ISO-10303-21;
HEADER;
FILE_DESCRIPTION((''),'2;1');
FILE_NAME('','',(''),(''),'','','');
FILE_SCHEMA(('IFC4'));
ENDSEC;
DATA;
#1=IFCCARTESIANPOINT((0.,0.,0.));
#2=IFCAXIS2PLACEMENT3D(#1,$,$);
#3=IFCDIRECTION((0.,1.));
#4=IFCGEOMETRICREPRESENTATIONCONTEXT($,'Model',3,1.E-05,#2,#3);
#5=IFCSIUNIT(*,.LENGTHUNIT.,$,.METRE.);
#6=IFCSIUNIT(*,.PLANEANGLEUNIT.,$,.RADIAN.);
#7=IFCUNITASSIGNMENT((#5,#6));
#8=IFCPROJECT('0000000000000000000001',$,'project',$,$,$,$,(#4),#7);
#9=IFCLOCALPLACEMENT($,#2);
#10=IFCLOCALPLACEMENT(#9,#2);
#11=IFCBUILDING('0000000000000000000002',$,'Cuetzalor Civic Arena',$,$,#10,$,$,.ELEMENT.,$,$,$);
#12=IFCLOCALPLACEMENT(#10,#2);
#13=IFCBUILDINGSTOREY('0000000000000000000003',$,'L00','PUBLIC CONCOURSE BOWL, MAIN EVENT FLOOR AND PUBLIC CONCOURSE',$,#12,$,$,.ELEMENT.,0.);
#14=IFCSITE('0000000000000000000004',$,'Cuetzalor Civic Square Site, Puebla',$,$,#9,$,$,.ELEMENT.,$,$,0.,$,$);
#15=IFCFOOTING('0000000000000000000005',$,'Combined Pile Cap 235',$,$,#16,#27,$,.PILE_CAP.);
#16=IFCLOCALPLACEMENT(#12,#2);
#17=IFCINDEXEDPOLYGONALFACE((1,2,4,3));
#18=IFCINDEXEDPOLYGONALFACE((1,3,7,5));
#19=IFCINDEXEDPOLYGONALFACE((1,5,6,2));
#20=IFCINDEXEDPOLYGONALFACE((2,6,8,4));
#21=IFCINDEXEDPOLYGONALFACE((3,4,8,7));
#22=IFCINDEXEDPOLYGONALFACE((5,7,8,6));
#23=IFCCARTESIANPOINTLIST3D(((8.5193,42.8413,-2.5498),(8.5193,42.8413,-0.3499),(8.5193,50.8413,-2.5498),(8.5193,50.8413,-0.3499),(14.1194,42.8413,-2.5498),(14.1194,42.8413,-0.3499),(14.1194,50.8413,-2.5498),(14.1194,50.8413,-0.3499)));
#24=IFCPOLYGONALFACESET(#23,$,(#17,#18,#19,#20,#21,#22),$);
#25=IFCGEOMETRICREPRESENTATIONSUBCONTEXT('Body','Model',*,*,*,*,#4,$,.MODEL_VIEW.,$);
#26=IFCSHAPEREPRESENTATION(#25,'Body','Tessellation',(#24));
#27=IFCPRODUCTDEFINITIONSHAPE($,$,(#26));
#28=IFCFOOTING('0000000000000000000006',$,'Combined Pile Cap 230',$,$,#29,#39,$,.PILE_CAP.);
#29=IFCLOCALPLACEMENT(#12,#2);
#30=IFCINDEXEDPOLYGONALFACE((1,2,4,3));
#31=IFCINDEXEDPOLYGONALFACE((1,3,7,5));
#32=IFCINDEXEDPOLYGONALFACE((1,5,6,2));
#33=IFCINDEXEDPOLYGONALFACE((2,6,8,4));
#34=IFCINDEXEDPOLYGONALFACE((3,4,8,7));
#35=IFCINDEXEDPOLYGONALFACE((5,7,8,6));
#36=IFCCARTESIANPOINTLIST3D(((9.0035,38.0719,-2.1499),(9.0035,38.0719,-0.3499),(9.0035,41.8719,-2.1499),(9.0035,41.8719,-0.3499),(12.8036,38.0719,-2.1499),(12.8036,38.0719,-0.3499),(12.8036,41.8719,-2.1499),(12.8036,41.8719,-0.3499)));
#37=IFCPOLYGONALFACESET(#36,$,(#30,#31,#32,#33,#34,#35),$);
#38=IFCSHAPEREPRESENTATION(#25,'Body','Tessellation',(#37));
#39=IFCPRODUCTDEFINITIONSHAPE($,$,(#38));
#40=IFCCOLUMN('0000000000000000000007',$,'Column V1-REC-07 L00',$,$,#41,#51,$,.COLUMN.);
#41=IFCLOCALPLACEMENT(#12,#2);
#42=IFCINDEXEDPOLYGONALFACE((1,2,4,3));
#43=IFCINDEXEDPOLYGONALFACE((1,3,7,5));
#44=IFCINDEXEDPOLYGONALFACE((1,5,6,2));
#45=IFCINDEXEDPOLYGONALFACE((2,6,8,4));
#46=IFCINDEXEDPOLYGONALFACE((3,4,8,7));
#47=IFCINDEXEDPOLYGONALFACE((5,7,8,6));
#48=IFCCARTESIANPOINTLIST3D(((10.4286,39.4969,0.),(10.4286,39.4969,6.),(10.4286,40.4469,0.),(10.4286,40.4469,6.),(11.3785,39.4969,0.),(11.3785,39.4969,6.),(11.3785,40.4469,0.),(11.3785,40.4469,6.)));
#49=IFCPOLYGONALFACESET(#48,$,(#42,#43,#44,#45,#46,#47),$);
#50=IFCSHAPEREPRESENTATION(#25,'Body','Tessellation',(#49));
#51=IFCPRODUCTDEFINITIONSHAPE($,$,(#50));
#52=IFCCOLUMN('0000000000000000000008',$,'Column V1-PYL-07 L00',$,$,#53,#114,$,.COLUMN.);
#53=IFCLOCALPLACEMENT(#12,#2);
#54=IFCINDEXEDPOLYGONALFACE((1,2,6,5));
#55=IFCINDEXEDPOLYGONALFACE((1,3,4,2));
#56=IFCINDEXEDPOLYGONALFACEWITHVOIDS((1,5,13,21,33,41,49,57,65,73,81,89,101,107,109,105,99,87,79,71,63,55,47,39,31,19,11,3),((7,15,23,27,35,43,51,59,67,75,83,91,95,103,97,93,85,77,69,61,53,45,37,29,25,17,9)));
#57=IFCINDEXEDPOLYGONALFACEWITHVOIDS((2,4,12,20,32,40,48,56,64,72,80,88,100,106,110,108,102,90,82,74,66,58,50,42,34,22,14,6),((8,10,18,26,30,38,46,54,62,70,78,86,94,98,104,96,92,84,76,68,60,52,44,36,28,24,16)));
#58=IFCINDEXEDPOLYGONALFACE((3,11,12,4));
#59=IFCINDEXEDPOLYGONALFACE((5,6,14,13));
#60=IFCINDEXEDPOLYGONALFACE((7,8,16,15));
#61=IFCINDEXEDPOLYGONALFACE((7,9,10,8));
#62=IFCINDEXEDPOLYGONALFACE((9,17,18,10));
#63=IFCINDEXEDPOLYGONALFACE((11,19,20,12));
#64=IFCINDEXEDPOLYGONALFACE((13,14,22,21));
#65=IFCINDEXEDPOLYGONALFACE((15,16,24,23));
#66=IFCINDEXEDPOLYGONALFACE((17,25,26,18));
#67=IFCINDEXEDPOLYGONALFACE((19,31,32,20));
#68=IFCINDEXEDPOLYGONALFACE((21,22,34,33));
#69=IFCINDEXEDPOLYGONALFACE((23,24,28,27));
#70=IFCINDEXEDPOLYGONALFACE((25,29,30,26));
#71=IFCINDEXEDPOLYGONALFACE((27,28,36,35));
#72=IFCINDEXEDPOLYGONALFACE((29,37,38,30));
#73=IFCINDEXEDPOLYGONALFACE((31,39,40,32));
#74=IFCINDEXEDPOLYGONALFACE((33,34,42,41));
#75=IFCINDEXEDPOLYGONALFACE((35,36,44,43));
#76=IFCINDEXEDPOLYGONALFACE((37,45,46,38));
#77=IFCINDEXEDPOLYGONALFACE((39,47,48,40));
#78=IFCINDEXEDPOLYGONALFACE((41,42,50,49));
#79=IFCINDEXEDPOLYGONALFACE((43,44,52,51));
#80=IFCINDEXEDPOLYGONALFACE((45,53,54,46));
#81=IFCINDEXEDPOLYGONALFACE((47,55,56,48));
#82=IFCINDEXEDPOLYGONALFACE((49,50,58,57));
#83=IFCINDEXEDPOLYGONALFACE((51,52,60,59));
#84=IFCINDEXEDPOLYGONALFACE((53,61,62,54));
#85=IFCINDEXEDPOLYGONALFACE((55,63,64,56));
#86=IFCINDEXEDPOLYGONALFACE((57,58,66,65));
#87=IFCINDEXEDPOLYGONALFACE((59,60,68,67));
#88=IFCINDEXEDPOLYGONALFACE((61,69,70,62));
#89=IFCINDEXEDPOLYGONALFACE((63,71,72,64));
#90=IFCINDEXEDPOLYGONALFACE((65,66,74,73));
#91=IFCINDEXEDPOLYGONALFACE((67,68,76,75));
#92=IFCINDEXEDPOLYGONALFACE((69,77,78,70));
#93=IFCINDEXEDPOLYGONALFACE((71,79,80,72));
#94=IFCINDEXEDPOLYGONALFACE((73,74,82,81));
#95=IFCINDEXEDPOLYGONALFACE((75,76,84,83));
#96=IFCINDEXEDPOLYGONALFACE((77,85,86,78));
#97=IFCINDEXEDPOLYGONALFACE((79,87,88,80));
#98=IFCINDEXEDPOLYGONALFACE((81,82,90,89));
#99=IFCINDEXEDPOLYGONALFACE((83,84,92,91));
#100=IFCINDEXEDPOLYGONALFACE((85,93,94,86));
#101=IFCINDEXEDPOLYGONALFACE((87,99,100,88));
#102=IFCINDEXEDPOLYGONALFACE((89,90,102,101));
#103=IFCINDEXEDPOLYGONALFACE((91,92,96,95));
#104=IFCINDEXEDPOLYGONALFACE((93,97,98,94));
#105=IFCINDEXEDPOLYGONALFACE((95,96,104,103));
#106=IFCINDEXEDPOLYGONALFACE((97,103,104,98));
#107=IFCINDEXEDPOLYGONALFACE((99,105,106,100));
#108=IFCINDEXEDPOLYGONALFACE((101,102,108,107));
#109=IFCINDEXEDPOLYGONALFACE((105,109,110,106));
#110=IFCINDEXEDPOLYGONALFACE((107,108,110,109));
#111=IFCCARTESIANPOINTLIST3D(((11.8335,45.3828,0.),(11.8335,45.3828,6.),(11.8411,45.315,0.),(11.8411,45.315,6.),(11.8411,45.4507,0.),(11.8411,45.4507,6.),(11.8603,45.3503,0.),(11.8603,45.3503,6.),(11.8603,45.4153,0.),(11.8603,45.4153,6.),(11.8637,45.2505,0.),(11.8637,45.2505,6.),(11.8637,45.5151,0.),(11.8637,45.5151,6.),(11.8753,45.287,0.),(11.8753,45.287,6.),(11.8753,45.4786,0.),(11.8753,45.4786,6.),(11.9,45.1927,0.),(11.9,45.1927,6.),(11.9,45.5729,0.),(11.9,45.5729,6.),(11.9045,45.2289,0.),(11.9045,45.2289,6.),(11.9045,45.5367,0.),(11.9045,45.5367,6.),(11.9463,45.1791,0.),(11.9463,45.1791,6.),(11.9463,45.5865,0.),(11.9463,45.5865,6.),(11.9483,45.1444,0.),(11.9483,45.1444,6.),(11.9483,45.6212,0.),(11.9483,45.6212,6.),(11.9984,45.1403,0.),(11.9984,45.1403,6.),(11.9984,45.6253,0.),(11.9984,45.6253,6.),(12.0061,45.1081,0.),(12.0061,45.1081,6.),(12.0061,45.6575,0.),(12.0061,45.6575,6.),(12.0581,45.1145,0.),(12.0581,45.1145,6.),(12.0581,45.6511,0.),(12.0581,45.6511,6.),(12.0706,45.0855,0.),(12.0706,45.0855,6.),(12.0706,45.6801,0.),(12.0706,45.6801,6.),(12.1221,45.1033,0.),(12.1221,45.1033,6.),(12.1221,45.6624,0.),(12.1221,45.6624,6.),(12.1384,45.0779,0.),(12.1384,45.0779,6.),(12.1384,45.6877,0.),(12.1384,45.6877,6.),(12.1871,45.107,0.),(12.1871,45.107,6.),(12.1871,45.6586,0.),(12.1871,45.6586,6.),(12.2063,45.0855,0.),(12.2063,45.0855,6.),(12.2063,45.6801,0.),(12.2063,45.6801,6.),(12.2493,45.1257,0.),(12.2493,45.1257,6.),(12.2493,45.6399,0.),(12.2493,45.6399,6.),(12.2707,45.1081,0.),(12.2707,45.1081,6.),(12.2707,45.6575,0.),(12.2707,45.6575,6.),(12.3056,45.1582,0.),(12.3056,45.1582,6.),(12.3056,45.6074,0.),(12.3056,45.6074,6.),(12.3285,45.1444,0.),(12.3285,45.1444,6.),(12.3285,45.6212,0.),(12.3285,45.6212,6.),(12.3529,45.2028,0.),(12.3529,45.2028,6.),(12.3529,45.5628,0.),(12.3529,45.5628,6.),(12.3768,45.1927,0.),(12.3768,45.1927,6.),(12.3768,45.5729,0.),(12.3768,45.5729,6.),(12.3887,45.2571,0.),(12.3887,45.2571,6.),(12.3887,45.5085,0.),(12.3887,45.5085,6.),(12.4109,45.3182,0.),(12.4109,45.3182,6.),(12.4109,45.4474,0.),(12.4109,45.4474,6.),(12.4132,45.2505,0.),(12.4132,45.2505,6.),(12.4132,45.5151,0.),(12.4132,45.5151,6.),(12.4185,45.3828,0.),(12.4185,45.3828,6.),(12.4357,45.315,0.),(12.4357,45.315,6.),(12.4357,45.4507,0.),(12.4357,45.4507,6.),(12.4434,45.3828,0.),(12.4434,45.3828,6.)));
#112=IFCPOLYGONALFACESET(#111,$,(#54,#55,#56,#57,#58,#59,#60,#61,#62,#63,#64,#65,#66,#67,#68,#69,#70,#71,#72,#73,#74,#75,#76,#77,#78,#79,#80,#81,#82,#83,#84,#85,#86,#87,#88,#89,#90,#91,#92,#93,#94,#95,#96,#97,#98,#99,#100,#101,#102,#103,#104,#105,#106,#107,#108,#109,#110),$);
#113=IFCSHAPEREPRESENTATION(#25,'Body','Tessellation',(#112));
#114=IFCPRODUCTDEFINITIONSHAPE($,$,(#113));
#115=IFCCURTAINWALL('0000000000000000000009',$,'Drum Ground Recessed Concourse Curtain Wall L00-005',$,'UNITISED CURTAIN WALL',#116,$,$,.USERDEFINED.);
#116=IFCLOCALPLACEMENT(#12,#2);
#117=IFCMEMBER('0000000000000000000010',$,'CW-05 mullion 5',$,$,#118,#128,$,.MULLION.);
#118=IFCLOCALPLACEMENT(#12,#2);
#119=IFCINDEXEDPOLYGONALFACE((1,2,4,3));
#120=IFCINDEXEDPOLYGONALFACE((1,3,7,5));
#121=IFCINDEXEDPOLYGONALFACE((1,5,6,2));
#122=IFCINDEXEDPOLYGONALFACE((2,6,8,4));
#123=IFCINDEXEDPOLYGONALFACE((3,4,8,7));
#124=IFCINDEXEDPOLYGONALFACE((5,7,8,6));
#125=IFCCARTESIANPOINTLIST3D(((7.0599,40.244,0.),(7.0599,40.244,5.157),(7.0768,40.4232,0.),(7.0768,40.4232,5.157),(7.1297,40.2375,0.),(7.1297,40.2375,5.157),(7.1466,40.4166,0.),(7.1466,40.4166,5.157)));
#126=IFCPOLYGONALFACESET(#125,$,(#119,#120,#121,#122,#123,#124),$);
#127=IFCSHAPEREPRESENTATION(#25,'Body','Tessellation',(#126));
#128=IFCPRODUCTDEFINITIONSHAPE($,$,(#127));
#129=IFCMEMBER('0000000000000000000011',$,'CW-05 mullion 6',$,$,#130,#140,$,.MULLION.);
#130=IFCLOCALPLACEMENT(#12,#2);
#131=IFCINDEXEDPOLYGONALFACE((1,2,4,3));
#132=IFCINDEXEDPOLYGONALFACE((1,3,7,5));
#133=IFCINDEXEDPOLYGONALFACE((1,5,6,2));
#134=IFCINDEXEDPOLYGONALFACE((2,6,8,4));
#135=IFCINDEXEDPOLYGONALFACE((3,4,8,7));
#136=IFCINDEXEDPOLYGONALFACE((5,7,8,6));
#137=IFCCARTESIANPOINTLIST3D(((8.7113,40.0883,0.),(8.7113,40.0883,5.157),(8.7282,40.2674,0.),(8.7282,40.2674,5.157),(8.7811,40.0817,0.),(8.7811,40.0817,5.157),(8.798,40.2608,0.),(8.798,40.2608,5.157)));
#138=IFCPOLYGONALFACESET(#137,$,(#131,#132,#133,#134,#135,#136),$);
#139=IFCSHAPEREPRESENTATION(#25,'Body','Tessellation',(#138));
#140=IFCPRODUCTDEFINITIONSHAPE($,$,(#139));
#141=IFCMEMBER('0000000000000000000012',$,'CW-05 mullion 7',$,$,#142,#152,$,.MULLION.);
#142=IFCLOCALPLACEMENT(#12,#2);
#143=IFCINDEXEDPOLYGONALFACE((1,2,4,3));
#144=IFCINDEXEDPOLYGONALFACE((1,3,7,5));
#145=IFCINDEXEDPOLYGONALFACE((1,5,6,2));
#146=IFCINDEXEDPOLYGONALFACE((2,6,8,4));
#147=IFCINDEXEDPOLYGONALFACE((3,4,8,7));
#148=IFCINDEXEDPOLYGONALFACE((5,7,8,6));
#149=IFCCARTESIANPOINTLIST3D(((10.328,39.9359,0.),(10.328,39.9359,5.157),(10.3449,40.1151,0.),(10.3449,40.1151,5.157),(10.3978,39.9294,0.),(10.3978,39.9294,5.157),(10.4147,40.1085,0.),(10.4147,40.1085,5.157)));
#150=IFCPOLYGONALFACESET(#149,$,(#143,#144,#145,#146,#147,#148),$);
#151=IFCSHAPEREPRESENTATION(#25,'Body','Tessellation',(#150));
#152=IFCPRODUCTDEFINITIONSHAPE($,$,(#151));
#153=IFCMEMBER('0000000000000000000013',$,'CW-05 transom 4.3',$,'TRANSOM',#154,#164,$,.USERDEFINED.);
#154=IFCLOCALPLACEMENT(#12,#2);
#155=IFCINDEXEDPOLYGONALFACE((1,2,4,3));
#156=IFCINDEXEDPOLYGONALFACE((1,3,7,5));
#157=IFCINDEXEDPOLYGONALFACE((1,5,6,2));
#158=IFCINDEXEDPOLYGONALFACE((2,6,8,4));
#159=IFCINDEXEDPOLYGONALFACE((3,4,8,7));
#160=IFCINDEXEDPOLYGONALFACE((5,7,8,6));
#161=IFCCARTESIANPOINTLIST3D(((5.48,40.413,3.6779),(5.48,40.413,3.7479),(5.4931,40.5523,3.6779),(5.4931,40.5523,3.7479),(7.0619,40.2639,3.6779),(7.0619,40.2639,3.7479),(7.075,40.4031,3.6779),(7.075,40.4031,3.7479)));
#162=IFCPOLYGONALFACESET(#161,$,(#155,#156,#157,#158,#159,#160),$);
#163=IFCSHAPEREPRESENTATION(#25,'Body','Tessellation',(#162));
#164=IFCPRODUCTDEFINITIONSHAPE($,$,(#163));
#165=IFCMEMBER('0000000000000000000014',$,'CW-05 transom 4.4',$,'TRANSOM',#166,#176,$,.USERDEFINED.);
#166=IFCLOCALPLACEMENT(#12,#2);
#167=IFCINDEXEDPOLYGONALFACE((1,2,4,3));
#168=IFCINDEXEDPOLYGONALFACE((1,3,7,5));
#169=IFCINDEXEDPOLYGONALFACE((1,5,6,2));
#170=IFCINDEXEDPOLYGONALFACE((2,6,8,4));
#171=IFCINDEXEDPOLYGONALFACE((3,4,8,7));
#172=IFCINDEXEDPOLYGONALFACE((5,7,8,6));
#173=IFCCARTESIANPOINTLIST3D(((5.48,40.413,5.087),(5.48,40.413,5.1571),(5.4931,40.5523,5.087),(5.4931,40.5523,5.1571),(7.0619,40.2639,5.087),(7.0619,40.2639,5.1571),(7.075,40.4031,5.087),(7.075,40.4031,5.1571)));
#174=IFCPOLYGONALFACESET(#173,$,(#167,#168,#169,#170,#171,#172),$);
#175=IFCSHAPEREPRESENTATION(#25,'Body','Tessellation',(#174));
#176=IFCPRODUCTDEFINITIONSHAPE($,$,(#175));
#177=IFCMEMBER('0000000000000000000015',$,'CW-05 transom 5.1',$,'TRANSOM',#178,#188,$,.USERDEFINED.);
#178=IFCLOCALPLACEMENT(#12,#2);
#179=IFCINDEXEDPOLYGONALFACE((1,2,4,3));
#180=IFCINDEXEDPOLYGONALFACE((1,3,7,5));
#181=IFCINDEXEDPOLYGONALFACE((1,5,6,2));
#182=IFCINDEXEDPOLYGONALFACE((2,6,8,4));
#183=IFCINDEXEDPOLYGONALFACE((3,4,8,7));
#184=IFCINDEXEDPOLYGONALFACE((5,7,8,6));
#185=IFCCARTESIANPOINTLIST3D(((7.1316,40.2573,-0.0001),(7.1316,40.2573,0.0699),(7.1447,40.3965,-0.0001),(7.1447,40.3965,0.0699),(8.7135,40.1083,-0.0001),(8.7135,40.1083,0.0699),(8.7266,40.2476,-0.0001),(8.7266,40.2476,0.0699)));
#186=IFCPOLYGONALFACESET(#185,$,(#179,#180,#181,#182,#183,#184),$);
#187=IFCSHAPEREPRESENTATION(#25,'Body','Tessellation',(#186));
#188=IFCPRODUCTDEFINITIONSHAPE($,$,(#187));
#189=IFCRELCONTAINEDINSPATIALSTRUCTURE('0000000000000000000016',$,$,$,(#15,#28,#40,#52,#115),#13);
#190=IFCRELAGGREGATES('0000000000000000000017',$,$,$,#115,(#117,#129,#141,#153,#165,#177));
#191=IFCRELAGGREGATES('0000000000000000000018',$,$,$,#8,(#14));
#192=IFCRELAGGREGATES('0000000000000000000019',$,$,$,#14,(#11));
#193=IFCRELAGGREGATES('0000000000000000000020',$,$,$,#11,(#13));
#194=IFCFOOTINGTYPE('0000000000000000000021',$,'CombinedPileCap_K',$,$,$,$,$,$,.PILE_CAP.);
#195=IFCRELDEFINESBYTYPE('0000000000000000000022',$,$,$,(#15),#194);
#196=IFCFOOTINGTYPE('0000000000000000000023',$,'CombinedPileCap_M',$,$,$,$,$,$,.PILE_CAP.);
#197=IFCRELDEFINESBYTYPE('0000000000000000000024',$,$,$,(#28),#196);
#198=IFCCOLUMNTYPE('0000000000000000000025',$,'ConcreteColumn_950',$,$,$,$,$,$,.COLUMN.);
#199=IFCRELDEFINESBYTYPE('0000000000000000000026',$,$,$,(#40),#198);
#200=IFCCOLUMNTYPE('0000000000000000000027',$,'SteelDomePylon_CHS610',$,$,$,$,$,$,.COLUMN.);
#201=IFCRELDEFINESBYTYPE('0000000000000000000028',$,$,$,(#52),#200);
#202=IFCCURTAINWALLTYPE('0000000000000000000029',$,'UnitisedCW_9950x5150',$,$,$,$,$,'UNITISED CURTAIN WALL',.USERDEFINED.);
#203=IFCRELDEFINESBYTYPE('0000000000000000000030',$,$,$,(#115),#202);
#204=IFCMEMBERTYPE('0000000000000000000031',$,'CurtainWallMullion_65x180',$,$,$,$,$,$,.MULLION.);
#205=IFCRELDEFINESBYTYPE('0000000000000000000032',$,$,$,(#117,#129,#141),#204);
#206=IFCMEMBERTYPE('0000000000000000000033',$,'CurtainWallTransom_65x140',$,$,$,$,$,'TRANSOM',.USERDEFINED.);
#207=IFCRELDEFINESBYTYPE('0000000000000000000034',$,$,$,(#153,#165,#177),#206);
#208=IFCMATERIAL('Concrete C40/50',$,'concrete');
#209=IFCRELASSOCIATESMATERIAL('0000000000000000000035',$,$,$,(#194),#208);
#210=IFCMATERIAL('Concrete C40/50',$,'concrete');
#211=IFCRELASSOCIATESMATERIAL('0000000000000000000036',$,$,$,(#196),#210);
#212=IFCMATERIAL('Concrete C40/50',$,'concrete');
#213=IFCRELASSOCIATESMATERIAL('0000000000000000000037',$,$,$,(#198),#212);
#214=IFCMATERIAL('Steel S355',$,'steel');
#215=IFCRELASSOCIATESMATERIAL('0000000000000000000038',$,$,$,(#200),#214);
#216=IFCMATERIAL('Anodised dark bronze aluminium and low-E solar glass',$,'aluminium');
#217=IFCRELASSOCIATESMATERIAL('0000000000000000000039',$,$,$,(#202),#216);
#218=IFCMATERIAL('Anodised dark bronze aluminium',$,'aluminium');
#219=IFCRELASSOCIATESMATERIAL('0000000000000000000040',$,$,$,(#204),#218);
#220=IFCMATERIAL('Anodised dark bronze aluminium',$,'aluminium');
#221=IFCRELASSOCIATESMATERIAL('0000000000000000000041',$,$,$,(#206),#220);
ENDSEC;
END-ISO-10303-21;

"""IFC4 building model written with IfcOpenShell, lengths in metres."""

from ifc_helpers import new_model, si_unit, direction, frame, origin, origin_2d, place, context, subcontext, project, spatial, rectangle, hollow_circle, extrude, material, material_profile, profile_set, type_object, element, aggregate, save


model = new_model("IFC4")

# Units and contexts
model_context = context("Model", 3, precision=1e-05, world=origin(), true_north=direction((0.0, 1.0)))
body_context = subcontext(model_context, "Body", "Model", "MODEL_VIEW")
ifc_project = project(units=[si_unit("LENGTHUNIT", "METRE"), si_unit("PLANEANGLEUNIT", "RADIAN")], contexts=[model_context])

# Site, building, storey
site_placement = place(None, origin())
site = spatial("IfcSite", under=ifc_project, at=site_placement, Name="Cuetzalor Civic Square Site, Puebla", CompositionType="ELEMENT", RefElevation=0.0)
building_placement = place(site_placement, origin())
building = spatial("IfcBuilding", under=site, at=building_placement, Name="Cuetzalor Civic Arena", CompositionType="ELEMENT")
storey_placement = place(building_placement, origin())
storey = spatial("IfcBuildingStorey", under=building, at=storey_placement, Name="L00", Description="PUBLIC CONCOURSE BOWL, MAIN EVENT FLOOR AND PUBLIC CONCOURSE", CompositionType="ELEMENT", Elevation=0.0)

# Footings
ifc_material_1 = material(Name="Concrete C40/50", Category="concrete")
footing_type_1 = type_object("IfcFootingType", Name="CombinedPileCap_K", PredefinedType="PILE_CAP", material=ifc_material_1)
footing_1_placement = place(storey_placement, frame((11.3193, 46.8413, -2.5498), z_axis=(0.0, 0.0, 1.0), x_axis=(1.0, 0.0, 0.0)))
element("IfcFooting", 1, at=footing_1_placement, inside=storey, type_object=footing_type_1, Name="Combined Pile Cap 235", PredefinedType="PILE_CAP", context=body_context, shape_type="SweptSolid", body=[
    extrude(rectangle(XDim=5.6001, YDim=8.0, at=origin_2d()), origin(), (0.0, 0.0, 1.0), 2.2),
])
ifc_material_2 = material(Name="Concrete C40/50", Category="concrete")
footing_type_2 = type_object("IfcFootingType", Name="CombinedPileCap_M", PredefinedType="PILE_CAP", material=ifc_material_2)
footing_2_placement = place(storey_placement, frame((10.9036, 39.9719, -2.1499), z_axis=(0.0, 0.0, 1.0), x_axis=(1.0, 0.0, 0.0)))
element("IfcFooting", 2, at=footing_2_placement, inside=storey, type_object=footing_type_2, Name="Combined Pile Cap 230", PredefinedType="PILE_CAP", context=body_context, shape_type="SweptSolid", body=[
    extrude(rectangle(XDim=3.8, YDim=3.8, at=origin_2d()), origin(), (0.0, 0.0, 1.0), 1.8),
])

# Columns
ifc_material_3 = material(Name="Concrete C40/50", Category="concrete")
ifc_material_profile_1 = material_profile(ifc_material_3, rectangle(XDim=0.95, YDim=0.95, at=origin_2d()), Name="RC 950x950")
ifc_profile_set_1 = profile_set([ifc_material_profile_1], Name="Concrete C40/50")
column_type_1 = type_object("IfcColumnType", Name="ConcreteColumn_950", PredefinedType="COLUMN", material=ifc_profile_set_1)
column_1_placement = place(storey_placement, frame((10.9036, 39.9719, 0.0), z_axis=(0.0, 0.0, 1.0), x_axis=(1.0, 0.0, 0.0)))
element("IfcColumn", 3, at=column_1_placement, inside=storey, type_object=column_type_1, Name="Column V1-REC-07 L00", PredefinedType="COLUMN", context=body_context, shape_type="SweptSolid", body=[
    extrude(rectangle(XDim=0.95, YDim=0.95, at=origin_2d()), origin(), (0.0, 0.0, 1.0), 6.0),
])
ifc_material_4 = material(Name="Steel S355", Category="steel")
ifc_material_profile_2 = material_profile(ifc_material_4, hollow_circle(Radius=0.3049, WallThickness=0.0249, at=origin_2d()), Name="CHS 610x25")
ifc_profile_set_2 = profile_set([ifc_material_profile_2], Name="Steel S355")
column_type_2 = type_object("IfcColumnType", Name="SteelDomePylon_CHS610", PredefinedType="COLUMN", material=ifc_profile_set_2)
column_2_placement = place(storey_placement, frame((12.1384, 45.3828, 0.0), z_axis=(0.0, 0.0, 1.0), x_axis=(1.0, 0.0, 0.0)))
element("IfcColumn", 4, at=column_2_placement, inside=storey, type_object=column_type_2, Name="Column V1-PYL-07 L00", PredefinedType="COLUMN", context=body_context, shape_type="SweptSolid", body=[
    extrude(hollow_circle(Radius=0.3049, WallThickness=0.0249, at=origin_2d()), origin(), (0.0, 0.0, 1.0), 6.0),
])

# Curtain wall, members
ifc_material_5 = material(Name="Anodised dark bronze aluminium and low-E solar glass", Category="aluminium")
curtain_wall_type = type_object("IfcCurtainWallType", Name="UnitisedCW_9950x5150", ElementType="UNITISED CURTAIN WALL", PredefinedType="USERDEFINED", material=ifc_material_5)
curtain_wall_placement = place(storey_placement, origin())
curtain_wall = element("IfcCurtainWall", 5, at=curtain_wall_placement, inside=storey, type_object=curtain_wall_type, Name="Drum Ground Recessed Concourse Curtain Wall L00-005", ObjectType="UNITISED CURTAIN WALL", PredefinedType="USERDEFINED")
ifc_material_6 = material(Name="Anodised dark bronze aluminium", Category="aluminium")
ifc_material_profile_3 = material_profile(ifc_material_6, rectangle(XDim=0.0701, YDim=0.1799, at=origin_2d()), Name="ALU MULLION 70x180")
ifc_profile_set_3 = profile_set([ifc_material_profile_3], Name="Anodised dark bronze aluminium")
member_type_1 = type_object("IfcMemberType", Name="CurtainWallMullion_65x180", PredefinedType="MULLION", material=ifc_profile_set_3)
member_1_placement = place(storey_placement, frame((7.1033, 40.3303, 0.0), z_axis=(0.0, 0.0, 1.0), x_axis=(0.995585, -0.093863, 0.0)))
member_1 = element("IfcMember", 6, at=member_1_placement, type_object=member_type_1, Name="CW-05 mullion 5", PredefinedType="MULLION", context=body_context, shape_type="SweptSolid", body=[
    extrude(rectangle(XDim=0.0701, YDim=0.1799, at=origin_2d()), origin(), (0.0, 0.0, 1.0), 5.157),
])
member_2_placement = place(storey_placement, frame((8.7546, 40.1746, 0.0), z_axis=(0.0, 0.0, 1.0), x_axis=(0.995585, -0.093863, 0.0)))
member_2 = element("IfcMember", 7, at=member_2_placement, type_object=member_type_1, Name="CW-05 mullion 6", PredefinedType="MULLION", context=body_context, shape_type="SweptSolid", body=[
    extrude(rectangle(XDim=0.0701, YDim=0.1799, at=origin_2d()), origin(), (0.0, 0.0, 1.0), 5.157),
])
member_3_placement = place(storey_placement, frame((10.3713, 40.0222, 0.0), z_axis=(0.0, 0.0, 1.0), x_axis=(0.995585, -0.093863, 0.0)))
member_3 = element("IfcMember", 8, at=member_3_placement, type_object=member_type_1, Name="CW-05 mullion 7", PredefinedType="MULLION", context=body_context, shape_type="SweptSolid", body=[
    extrude(rectangle(XDim=0.0701, YDim=0.1799, at=origin_2d()), origin(), (0.0, 0.0, 1.0), 5.157),
])
ifc_material_7 = material(Name="Anodised dark bronze aluminium", Category="aluminium")
ifc_material_profile_4 = material_profile(ifc_material_7, rectangle(XDim=0.1399, YDim=0.0701, at=origin_2d()), Name="ALU TRANSOM 70x140")
ifc_profile_set_4 = profile_set([ifc_material_profile_4], Name="Anodised dark bronze aluminium")
member_type_2 = type_object("IfcMemberType", Name="CurtainWallTransom_65x140", ElementType="TRANSOM", PredefinedType="USERDEFINED", material=ifc_profile_set_4)
member_4_placement = place(storey_placement, frame((5.4866, 40.4827, 3.7129), z_axis=(0.995583, -0.093888, 0.0), x_axis=(0.093888, 0.995583, 0.0)))
member_4 = element("IfcMember", 9, at=member_4_placement, type_object=member_type_2, Name="CW-05 transom 4.3", ObjectType="TRANSOM", PredefinedType="USERDEFINED", context=body_context, shape_type="SweptSolid", body=[
    extrude(rectangle(XDim=0.1399, YDim=0.0701, at=origin_2d()), origin(), (0.0, 0.0, 1.0), 1.5889),
])
member_5_placement = place(storey_placement, frame((5.4866, 40.4827, 5.1221), z_axis=(0.995583, -0.093888, 0.0), x_axis=(0.093888, 0.995583, 0.0)))
member_5 = element("IfcMember", 10, at=member_5_placement, type_object=member_type_2, Name="CW-05 transom 4.4", ObjectType="TRANSOM", PredefinedType="USERDEFINED", context=body_context, shape_type="SweptSolid", body=[
    extrude(rectangle(XDim=0.1399, YDim=0.0701, at=origin_2d()), origin(), (0.0, 0.0, 1.0), 1.5889),
])
member_6_placement = place(storey_placement, frame((7.1382, 40.3269, 0.0349), z_axis=(0.995597, -0.093736, 0.0), x_axis=(0.093736, 0.995597, 0.0)))
member_6 = element("IfcMember", 11, at=member_6_placement, type_object=member_type_2, Name="CW-05 transom 5.1", ObjectType="TRANSOM", PredefinedType="USERDEFINED", context=body_context, shape_type="SweptSolid", body=[
    extrude(rectangle(XDim=0.1399, YDim=0.0701, at=origin_2d()), origin(), (0.0, 0.0, 1.0), 1.5889),
])

aggregate(curtain_wall, [member_1, member_2, member_3, member_4, member_5, member_6])

save(model, "model.ifc")
